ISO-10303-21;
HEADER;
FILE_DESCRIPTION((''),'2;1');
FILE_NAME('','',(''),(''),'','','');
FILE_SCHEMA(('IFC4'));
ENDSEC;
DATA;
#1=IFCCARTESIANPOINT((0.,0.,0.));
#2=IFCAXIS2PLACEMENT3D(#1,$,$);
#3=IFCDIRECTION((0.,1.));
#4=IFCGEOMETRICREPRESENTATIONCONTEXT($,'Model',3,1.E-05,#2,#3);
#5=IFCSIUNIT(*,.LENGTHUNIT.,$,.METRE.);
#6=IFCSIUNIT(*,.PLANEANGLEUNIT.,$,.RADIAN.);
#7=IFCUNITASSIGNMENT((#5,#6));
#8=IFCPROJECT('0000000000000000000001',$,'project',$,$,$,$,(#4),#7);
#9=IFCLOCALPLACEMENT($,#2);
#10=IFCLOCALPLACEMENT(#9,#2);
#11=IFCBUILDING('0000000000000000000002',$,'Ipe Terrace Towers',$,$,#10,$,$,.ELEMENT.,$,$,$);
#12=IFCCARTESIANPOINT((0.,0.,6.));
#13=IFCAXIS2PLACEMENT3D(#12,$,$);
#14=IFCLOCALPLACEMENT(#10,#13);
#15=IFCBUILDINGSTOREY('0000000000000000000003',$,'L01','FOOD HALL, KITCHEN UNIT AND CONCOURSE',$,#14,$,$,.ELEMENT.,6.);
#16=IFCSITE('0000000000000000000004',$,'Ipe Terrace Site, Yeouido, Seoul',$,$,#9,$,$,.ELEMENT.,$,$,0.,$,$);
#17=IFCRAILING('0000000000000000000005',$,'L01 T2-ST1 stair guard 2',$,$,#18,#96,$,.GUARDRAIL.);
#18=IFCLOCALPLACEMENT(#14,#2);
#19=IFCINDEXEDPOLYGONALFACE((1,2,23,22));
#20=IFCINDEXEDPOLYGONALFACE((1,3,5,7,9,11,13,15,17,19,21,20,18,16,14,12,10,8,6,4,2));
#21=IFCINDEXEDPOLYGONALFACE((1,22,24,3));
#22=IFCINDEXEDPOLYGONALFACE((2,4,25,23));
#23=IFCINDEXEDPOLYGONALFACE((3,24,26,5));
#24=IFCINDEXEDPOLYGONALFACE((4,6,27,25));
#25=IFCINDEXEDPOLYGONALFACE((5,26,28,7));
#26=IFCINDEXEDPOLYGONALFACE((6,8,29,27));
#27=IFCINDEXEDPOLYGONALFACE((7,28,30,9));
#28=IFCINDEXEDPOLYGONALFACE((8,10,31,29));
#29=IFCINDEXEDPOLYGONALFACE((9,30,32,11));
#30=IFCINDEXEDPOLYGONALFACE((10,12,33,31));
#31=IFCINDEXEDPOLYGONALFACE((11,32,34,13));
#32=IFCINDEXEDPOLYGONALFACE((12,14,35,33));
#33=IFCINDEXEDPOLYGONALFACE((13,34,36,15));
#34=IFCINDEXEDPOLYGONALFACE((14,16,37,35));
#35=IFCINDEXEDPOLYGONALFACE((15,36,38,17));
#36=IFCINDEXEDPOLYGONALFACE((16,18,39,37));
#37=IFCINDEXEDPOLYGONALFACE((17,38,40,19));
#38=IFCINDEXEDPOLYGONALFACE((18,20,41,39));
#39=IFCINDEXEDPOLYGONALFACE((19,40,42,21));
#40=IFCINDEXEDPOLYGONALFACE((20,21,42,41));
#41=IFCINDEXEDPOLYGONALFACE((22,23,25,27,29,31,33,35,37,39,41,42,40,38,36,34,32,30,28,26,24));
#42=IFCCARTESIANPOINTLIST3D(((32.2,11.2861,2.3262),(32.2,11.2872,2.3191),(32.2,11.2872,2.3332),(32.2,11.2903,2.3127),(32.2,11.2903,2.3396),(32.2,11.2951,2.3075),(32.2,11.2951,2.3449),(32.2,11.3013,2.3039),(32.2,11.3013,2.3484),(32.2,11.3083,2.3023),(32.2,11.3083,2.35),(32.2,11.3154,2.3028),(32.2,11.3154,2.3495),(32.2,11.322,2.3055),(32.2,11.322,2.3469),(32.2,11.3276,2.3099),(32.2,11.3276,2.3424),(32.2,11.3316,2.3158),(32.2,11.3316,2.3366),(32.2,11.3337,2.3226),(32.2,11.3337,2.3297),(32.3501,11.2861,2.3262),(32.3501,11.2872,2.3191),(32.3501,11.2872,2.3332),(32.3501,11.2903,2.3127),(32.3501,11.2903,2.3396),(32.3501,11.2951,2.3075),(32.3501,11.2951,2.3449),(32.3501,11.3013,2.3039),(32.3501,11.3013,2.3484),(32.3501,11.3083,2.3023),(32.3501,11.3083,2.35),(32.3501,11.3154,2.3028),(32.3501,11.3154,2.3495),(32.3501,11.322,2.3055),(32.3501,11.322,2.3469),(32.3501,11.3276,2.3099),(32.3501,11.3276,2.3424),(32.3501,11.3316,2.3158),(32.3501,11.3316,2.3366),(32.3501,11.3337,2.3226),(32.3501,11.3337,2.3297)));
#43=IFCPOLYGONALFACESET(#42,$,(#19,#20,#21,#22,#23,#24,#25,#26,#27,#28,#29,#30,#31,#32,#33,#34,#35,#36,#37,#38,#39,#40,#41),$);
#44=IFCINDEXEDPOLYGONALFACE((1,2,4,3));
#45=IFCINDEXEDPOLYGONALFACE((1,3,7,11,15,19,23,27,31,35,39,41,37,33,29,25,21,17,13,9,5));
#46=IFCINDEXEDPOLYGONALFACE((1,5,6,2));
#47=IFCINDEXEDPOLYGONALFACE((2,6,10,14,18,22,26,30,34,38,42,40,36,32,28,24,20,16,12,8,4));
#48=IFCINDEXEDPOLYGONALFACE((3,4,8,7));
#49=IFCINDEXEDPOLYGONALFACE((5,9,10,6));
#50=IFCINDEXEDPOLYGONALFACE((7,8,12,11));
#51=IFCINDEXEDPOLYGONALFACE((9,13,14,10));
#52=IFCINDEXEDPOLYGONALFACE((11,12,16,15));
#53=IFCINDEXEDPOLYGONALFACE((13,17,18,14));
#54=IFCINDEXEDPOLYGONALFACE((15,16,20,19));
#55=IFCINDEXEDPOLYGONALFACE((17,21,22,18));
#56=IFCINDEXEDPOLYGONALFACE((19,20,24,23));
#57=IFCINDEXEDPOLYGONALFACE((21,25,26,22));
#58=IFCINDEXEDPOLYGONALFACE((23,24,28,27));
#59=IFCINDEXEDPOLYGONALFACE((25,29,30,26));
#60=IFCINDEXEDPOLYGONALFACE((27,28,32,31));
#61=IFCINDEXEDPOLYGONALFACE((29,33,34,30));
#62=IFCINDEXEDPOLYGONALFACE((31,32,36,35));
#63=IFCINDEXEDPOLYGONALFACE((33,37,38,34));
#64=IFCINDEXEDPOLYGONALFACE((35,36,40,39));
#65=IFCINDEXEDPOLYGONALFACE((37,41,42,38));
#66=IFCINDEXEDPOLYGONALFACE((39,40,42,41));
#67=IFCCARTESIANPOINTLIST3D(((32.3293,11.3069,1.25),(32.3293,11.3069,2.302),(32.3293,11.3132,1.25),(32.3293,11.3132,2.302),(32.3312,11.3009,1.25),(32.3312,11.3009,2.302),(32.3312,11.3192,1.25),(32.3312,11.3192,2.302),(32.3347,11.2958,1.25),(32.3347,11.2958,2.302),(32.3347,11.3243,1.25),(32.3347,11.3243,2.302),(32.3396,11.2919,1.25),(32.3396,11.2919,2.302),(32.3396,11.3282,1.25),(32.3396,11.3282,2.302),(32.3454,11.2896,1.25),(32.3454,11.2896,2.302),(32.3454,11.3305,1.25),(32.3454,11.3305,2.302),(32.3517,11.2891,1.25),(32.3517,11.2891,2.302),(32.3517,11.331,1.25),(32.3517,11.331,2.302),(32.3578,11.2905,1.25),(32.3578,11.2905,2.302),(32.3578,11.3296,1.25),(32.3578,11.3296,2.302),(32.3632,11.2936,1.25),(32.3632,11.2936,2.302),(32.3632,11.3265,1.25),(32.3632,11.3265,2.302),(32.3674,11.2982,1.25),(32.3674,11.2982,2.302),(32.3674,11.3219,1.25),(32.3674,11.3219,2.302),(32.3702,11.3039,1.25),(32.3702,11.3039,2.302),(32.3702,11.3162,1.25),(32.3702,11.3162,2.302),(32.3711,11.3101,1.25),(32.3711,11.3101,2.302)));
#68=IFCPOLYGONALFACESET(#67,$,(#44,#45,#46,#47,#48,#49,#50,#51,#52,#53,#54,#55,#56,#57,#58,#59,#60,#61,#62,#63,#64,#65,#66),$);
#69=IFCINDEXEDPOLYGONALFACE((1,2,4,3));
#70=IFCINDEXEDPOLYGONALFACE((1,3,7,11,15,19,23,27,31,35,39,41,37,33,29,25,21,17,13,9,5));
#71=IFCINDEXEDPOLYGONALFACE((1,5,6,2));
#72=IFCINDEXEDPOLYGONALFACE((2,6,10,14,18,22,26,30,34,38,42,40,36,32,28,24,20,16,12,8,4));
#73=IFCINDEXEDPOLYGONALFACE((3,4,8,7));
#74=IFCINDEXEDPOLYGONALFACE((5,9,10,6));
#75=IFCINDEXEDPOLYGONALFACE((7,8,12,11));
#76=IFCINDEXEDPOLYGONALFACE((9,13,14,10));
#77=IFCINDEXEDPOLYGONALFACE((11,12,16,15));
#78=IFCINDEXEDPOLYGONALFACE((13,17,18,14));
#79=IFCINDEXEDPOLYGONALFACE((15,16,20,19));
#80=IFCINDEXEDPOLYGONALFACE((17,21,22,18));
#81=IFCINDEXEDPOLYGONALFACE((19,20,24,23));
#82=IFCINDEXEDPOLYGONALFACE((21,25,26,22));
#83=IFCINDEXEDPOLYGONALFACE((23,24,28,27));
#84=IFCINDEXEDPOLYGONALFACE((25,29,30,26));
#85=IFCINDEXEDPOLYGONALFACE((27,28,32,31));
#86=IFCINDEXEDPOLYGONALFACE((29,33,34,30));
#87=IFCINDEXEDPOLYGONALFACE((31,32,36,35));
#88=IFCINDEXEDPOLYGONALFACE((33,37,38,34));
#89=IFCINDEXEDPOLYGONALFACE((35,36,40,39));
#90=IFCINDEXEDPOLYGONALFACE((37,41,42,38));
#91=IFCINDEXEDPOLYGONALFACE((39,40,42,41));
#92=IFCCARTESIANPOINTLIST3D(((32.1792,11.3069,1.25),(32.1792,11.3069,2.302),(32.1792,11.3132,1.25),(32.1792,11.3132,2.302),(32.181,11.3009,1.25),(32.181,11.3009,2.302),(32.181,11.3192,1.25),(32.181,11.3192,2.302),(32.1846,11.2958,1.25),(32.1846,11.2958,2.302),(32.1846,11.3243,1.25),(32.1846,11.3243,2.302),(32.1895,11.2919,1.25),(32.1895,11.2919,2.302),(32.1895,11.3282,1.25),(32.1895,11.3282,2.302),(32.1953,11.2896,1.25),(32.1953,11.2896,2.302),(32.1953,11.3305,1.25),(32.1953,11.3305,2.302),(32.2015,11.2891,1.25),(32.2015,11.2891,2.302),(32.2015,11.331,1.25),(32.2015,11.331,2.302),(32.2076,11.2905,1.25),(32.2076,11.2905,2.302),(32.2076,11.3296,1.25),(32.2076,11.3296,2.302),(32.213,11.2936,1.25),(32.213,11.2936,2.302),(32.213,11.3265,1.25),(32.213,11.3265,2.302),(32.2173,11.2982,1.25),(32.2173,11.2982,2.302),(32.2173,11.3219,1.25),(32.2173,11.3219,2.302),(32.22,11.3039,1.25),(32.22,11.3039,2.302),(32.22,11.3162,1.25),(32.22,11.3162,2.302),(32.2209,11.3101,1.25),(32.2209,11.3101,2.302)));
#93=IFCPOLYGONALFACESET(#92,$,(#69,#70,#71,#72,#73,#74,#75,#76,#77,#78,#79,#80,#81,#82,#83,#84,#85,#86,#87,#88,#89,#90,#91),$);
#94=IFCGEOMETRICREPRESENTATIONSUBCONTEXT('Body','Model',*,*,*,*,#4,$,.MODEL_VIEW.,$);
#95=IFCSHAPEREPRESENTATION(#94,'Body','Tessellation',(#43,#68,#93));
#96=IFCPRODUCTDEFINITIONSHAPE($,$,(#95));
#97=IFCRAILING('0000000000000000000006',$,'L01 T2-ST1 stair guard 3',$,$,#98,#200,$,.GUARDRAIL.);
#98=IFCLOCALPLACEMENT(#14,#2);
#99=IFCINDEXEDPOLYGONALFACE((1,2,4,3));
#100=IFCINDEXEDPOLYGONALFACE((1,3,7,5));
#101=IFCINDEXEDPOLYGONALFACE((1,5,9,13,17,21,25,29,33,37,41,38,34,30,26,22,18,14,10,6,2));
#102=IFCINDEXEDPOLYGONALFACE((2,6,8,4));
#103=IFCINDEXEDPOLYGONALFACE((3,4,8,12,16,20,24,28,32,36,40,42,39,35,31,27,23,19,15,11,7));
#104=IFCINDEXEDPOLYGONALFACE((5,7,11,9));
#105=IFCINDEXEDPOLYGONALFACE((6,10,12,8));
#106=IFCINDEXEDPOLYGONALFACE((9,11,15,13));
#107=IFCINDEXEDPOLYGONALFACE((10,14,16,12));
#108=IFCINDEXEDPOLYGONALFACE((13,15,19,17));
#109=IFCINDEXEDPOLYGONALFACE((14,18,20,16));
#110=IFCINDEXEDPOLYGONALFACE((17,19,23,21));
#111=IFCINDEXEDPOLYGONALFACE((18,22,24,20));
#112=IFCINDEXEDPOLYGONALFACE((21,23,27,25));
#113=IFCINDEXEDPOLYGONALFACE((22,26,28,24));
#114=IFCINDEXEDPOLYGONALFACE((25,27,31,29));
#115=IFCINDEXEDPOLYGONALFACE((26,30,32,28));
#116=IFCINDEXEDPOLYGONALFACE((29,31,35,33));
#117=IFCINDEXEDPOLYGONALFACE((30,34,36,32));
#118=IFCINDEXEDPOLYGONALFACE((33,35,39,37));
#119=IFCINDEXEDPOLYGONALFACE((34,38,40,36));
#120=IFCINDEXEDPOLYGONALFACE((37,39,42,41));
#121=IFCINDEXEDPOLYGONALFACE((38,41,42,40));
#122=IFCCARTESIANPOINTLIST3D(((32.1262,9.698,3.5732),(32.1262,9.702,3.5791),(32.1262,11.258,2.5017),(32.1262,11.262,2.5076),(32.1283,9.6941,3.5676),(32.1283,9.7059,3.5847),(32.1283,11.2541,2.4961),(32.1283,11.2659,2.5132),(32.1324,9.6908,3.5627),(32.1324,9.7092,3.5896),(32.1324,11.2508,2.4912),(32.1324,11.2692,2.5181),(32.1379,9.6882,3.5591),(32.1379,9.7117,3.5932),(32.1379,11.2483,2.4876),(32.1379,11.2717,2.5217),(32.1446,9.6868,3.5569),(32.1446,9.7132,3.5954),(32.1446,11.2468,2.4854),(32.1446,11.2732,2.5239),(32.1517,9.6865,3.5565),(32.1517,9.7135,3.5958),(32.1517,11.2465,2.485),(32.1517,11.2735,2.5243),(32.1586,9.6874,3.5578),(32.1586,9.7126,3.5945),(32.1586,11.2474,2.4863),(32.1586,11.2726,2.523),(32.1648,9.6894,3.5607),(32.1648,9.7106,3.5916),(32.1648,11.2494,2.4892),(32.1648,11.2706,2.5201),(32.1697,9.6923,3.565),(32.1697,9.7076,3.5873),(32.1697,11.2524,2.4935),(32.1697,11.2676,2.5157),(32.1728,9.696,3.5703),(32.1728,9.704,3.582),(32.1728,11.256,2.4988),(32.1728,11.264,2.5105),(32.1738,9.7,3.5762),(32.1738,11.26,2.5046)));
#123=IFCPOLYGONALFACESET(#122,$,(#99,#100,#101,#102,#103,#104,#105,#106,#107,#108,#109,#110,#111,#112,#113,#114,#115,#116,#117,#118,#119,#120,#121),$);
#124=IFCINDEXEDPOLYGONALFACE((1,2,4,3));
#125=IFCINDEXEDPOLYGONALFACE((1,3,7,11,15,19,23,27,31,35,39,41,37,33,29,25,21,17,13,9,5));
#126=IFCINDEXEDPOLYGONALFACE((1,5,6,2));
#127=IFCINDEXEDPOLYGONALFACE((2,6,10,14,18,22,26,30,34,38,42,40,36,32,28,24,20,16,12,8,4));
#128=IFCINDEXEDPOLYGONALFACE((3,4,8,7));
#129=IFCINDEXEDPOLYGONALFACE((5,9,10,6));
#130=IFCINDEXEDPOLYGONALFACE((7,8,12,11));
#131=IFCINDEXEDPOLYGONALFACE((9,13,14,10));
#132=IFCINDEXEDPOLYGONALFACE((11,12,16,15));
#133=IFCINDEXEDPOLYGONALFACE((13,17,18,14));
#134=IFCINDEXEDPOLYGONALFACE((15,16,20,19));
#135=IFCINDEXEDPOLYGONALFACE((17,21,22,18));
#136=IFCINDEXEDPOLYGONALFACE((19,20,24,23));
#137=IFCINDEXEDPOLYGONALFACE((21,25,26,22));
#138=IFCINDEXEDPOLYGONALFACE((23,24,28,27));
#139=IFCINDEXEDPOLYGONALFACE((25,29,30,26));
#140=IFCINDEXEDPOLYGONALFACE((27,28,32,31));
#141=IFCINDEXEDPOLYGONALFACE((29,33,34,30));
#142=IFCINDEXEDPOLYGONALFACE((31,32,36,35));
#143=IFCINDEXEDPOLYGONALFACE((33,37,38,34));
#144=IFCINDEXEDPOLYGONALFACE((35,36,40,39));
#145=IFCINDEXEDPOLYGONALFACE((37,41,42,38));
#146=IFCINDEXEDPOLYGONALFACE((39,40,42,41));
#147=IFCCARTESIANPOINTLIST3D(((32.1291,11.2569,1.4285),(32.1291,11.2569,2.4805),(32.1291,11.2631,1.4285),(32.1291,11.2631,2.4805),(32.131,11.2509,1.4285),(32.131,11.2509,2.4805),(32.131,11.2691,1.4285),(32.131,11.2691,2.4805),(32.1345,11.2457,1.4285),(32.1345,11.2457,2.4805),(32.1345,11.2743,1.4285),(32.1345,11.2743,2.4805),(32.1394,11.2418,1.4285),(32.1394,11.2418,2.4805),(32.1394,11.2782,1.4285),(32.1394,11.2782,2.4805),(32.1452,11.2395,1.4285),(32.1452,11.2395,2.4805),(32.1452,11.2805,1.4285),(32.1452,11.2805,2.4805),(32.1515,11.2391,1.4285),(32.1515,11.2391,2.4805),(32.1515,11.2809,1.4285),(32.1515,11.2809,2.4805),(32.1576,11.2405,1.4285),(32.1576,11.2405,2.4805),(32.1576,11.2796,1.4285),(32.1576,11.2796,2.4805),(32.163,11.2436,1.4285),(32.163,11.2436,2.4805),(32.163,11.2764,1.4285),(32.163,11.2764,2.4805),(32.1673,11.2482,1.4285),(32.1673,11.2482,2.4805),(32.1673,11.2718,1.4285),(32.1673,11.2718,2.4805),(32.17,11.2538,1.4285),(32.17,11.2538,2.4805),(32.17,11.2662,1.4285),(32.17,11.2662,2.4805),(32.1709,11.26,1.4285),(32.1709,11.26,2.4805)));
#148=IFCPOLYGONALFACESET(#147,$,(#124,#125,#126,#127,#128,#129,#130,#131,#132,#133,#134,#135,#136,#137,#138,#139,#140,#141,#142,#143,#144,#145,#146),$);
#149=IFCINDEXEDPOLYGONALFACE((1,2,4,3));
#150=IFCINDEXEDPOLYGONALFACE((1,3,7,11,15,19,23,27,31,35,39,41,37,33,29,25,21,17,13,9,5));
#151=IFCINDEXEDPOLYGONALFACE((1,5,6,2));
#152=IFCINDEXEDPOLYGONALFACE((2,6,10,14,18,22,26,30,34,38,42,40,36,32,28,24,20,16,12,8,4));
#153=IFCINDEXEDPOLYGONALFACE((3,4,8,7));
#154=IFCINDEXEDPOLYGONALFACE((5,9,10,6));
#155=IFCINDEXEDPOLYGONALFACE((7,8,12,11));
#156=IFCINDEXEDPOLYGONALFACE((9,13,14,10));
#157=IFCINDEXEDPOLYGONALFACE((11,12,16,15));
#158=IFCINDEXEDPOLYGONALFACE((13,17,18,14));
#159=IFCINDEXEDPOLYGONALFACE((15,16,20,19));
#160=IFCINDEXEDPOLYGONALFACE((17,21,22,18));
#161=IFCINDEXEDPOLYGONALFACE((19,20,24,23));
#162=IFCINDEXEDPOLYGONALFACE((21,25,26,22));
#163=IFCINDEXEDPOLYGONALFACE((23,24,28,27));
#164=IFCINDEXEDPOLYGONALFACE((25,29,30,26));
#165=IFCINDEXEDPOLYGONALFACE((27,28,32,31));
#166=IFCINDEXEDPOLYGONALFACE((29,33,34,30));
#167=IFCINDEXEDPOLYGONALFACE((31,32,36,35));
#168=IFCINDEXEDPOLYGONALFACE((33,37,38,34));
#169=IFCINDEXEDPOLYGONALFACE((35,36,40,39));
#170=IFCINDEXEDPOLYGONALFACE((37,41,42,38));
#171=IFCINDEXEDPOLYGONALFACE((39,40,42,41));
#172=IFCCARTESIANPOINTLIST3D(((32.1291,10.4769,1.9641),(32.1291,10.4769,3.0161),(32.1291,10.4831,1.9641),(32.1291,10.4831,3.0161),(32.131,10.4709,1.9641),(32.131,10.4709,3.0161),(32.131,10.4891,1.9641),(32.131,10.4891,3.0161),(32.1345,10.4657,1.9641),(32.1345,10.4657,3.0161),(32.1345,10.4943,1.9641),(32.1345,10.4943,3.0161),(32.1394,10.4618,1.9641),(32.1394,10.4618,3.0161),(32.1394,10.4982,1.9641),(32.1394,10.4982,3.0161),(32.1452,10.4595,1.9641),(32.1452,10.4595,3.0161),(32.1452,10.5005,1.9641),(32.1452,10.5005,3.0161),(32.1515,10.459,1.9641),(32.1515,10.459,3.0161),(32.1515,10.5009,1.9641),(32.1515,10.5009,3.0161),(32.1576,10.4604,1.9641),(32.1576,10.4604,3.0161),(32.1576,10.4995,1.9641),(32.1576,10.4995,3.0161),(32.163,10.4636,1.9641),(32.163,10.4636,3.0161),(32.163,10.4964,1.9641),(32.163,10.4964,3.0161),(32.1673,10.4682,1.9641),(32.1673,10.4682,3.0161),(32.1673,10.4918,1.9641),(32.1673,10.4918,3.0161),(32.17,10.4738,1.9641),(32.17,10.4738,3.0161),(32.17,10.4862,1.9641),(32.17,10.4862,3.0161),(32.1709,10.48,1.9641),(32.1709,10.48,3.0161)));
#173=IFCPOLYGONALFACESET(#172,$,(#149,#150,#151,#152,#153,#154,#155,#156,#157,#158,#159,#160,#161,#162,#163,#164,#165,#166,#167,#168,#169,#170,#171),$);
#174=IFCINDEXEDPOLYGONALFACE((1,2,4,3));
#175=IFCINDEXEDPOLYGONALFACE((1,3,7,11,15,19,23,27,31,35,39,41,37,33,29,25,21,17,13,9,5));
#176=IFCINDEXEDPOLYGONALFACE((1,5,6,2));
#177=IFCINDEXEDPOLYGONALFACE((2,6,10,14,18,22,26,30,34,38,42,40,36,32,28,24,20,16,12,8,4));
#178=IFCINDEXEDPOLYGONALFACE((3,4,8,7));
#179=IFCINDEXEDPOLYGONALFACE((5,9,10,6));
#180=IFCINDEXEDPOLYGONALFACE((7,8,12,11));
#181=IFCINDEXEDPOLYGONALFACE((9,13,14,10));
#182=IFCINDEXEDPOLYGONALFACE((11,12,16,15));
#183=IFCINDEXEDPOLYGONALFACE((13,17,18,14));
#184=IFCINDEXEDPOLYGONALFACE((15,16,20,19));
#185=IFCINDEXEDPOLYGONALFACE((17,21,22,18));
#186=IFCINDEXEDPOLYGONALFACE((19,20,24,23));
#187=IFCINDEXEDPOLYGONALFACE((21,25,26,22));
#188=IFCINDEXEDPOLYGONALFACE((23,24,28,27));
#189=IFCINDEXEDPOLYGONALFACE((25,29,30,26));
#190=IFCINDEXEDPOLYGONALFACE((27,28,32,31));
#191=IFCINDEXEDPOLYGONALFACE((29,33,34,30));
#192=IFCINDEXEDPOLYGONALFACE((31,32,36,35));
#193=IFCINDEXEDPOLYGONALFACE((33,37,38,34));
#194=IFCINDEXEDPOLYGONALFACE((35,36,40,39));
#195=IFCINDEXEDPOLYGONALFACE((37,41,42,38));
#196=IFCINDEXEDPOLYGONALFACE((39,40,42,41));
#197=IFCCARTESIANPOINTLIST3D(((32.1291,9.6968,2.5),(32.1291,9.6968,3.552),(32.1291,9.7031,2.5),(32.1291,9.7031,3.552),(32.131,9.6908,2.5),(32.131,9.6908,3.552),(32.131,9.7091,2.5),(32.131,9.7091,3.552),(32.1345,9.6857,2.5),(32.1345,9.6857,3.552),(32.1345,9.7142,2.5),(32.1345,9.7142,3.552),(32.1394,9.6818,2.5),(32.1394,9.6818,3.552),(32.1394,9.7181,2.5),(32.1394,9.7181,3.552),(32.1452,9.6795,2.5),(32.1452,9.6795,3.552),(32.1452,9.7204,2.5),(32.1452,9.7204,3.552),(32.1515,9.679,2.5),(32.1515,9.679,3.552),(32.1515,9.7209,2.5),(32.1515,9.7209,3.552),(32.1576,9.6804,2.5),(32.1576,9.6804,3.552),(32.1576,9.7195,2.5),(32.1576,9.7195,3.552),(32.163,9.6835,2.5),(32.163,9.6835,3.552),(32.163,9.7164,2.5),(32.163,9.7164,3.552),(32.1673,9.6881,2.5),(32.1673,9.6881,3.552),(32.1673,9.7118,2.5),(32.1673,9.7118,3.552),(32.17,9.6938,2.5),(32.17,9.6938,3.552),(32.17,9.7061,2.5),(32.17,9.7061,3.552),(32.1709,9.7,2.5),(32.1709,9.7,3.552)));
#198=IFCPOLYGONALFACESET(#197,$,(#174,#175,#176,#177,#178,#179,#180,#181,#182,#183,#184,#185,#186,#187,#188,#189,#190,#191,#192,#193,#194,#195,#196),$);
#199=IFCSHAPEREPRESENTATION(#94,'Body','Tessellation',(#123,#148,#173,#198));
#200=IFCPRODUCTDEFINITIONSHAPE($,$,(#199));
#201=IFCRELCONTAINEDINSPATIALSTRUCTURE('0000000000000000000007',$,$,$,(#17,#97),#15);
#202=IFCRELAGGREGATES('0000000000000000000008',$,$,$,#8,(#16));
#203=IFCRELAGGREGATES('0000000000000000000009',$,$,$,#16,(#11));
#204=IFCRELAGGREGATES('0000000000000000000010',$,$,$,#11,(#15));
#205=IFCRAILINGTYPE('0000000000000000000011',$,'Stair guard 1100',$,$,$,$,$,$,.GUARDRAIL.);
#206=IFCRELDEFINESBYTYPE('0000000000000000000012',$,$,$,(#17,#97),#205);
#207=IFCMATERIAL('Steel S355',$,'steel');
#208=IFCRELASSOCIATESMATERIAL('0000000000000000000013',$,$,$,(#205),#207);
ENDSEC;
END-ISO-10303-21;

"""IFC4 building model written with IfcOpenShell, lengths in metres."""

from ifc_helpers import new_model, si_unit, direction, frame, origin, origin_2d, place, context, subcontext, project, spatial, circle, extrude, material, type_object, element, save


model = new_model("IFC4")

# Units and contexts
model_context = context("Model", 3, precision=1e-05, world=origin(), true_north=direction((0.0, 1.0)))
body_context = subcontext(model_context, "Body", "Model", "MODEL_VIEW")
ifc_project = project(units=[si_unit("LENGTHUNIT", "METRE"), si_unit("PLANEANGLEUNIT", "RADIAN")], contexts=[model_context])

# Site, building, storey
site_placement = place(None, origin())
site = spatial("IfcSite", under=ifc_project, at=site_placement, Name="Ipe Terrace Site, Yeouido, Seoul", CompositionType="ELEMENT", RefElevation=0.0)
building_placement = place(site_placement, origin())
building = spatial("IfcBuilding", under=site, at=building_placement, Name="Ipe Terrace Towers", CompositionType="ELEMENT")
storey_placement = place(building_placement, frame((0.0, 0.0, 6.0)))
storey = spatial("IfcBuildingStorey", under=building, at=storey_placement, Name="L01", Description="FOOD HALL, KITCHEN UNIT AND CONCOURSE", CompositionType="ELEMENT", Elevation=6.0)

# Railings
ifc_material_1 = material(Name="Steel S355", Category="steel")
railing_type_1 = type_object("IfcRailingType", Name="Stair guard 1100", PredefinedType="GUARDRAIL", material=ifc_material_1)
railing_1_placement = place(storey_placement, frame((32.3501, 11.3101, 1.25)))
element("IfcRailing", 1, at=railing_1_placement, inside=storey, type_object=railing_type_1, Name="L01 T2-ST1 stair guard 2", PredefinedType="GUARDRAIL", context=body_context, shape_type="SweptSolid", body=[
    extrude(circle(Radius=0.0239, at=origin_2d()), frame((0.0, 0.0, 1.0762), z_axis=(-1.0, 0.0, 0.0), x_axis=(0.0, -1.0, 0.0)), (0.0, 0.0, 1.0), 0.1501),
    extrude(circle(Radius=0.021, at=origin_2d()), origin(), (0.0, 0.0, 1.0), 1.052),
    extrude(circle(Radius=0.021, at=origin_2d()), frame((-0.1501, 0.0, 0.0)), (0.0, 0.0, 1.0), 1.052),
])
railing_2_placement = place(storey_placement, frame((32.1499, 11.26, 1.4285)))
element("IfcRailing", 2, at=railing_2_placement, inside=storey, type_object=railing_type_1, Name="L01 T2-ST1 stair guard 3", PredefinedType="GUARDRAIL", context=body_context, shape_type="SweptSolid", body=[
    extrude(circle(Radius=0.0239, at=origin_2d()), frame((0.0, 0.0, 1.0762), z_axis=(0.0, -0.82429, 0.566167), x_axis=(1.0, 0.0, 0.0)), (0.0, 0.0, 1.0), 1.8926),
    extrude(circle(Radius=0.021, at=origin_2d()), origin(), (0.0, 0.0, 1.0), 1.052),
    extrude(circle(Radius=0.021, at=origin_2d()), frame((0.0, -0.78, 0.5356)), (0.0, 0.0, 1.0), 1.052),
    extrude(circle(Radius=0.021, at=origin_2d()), frame((0.0, -1.5601, 1.0715)), (0.0, 0.0, 1.0), 1.052),
])

save(model, "model.ifc")
